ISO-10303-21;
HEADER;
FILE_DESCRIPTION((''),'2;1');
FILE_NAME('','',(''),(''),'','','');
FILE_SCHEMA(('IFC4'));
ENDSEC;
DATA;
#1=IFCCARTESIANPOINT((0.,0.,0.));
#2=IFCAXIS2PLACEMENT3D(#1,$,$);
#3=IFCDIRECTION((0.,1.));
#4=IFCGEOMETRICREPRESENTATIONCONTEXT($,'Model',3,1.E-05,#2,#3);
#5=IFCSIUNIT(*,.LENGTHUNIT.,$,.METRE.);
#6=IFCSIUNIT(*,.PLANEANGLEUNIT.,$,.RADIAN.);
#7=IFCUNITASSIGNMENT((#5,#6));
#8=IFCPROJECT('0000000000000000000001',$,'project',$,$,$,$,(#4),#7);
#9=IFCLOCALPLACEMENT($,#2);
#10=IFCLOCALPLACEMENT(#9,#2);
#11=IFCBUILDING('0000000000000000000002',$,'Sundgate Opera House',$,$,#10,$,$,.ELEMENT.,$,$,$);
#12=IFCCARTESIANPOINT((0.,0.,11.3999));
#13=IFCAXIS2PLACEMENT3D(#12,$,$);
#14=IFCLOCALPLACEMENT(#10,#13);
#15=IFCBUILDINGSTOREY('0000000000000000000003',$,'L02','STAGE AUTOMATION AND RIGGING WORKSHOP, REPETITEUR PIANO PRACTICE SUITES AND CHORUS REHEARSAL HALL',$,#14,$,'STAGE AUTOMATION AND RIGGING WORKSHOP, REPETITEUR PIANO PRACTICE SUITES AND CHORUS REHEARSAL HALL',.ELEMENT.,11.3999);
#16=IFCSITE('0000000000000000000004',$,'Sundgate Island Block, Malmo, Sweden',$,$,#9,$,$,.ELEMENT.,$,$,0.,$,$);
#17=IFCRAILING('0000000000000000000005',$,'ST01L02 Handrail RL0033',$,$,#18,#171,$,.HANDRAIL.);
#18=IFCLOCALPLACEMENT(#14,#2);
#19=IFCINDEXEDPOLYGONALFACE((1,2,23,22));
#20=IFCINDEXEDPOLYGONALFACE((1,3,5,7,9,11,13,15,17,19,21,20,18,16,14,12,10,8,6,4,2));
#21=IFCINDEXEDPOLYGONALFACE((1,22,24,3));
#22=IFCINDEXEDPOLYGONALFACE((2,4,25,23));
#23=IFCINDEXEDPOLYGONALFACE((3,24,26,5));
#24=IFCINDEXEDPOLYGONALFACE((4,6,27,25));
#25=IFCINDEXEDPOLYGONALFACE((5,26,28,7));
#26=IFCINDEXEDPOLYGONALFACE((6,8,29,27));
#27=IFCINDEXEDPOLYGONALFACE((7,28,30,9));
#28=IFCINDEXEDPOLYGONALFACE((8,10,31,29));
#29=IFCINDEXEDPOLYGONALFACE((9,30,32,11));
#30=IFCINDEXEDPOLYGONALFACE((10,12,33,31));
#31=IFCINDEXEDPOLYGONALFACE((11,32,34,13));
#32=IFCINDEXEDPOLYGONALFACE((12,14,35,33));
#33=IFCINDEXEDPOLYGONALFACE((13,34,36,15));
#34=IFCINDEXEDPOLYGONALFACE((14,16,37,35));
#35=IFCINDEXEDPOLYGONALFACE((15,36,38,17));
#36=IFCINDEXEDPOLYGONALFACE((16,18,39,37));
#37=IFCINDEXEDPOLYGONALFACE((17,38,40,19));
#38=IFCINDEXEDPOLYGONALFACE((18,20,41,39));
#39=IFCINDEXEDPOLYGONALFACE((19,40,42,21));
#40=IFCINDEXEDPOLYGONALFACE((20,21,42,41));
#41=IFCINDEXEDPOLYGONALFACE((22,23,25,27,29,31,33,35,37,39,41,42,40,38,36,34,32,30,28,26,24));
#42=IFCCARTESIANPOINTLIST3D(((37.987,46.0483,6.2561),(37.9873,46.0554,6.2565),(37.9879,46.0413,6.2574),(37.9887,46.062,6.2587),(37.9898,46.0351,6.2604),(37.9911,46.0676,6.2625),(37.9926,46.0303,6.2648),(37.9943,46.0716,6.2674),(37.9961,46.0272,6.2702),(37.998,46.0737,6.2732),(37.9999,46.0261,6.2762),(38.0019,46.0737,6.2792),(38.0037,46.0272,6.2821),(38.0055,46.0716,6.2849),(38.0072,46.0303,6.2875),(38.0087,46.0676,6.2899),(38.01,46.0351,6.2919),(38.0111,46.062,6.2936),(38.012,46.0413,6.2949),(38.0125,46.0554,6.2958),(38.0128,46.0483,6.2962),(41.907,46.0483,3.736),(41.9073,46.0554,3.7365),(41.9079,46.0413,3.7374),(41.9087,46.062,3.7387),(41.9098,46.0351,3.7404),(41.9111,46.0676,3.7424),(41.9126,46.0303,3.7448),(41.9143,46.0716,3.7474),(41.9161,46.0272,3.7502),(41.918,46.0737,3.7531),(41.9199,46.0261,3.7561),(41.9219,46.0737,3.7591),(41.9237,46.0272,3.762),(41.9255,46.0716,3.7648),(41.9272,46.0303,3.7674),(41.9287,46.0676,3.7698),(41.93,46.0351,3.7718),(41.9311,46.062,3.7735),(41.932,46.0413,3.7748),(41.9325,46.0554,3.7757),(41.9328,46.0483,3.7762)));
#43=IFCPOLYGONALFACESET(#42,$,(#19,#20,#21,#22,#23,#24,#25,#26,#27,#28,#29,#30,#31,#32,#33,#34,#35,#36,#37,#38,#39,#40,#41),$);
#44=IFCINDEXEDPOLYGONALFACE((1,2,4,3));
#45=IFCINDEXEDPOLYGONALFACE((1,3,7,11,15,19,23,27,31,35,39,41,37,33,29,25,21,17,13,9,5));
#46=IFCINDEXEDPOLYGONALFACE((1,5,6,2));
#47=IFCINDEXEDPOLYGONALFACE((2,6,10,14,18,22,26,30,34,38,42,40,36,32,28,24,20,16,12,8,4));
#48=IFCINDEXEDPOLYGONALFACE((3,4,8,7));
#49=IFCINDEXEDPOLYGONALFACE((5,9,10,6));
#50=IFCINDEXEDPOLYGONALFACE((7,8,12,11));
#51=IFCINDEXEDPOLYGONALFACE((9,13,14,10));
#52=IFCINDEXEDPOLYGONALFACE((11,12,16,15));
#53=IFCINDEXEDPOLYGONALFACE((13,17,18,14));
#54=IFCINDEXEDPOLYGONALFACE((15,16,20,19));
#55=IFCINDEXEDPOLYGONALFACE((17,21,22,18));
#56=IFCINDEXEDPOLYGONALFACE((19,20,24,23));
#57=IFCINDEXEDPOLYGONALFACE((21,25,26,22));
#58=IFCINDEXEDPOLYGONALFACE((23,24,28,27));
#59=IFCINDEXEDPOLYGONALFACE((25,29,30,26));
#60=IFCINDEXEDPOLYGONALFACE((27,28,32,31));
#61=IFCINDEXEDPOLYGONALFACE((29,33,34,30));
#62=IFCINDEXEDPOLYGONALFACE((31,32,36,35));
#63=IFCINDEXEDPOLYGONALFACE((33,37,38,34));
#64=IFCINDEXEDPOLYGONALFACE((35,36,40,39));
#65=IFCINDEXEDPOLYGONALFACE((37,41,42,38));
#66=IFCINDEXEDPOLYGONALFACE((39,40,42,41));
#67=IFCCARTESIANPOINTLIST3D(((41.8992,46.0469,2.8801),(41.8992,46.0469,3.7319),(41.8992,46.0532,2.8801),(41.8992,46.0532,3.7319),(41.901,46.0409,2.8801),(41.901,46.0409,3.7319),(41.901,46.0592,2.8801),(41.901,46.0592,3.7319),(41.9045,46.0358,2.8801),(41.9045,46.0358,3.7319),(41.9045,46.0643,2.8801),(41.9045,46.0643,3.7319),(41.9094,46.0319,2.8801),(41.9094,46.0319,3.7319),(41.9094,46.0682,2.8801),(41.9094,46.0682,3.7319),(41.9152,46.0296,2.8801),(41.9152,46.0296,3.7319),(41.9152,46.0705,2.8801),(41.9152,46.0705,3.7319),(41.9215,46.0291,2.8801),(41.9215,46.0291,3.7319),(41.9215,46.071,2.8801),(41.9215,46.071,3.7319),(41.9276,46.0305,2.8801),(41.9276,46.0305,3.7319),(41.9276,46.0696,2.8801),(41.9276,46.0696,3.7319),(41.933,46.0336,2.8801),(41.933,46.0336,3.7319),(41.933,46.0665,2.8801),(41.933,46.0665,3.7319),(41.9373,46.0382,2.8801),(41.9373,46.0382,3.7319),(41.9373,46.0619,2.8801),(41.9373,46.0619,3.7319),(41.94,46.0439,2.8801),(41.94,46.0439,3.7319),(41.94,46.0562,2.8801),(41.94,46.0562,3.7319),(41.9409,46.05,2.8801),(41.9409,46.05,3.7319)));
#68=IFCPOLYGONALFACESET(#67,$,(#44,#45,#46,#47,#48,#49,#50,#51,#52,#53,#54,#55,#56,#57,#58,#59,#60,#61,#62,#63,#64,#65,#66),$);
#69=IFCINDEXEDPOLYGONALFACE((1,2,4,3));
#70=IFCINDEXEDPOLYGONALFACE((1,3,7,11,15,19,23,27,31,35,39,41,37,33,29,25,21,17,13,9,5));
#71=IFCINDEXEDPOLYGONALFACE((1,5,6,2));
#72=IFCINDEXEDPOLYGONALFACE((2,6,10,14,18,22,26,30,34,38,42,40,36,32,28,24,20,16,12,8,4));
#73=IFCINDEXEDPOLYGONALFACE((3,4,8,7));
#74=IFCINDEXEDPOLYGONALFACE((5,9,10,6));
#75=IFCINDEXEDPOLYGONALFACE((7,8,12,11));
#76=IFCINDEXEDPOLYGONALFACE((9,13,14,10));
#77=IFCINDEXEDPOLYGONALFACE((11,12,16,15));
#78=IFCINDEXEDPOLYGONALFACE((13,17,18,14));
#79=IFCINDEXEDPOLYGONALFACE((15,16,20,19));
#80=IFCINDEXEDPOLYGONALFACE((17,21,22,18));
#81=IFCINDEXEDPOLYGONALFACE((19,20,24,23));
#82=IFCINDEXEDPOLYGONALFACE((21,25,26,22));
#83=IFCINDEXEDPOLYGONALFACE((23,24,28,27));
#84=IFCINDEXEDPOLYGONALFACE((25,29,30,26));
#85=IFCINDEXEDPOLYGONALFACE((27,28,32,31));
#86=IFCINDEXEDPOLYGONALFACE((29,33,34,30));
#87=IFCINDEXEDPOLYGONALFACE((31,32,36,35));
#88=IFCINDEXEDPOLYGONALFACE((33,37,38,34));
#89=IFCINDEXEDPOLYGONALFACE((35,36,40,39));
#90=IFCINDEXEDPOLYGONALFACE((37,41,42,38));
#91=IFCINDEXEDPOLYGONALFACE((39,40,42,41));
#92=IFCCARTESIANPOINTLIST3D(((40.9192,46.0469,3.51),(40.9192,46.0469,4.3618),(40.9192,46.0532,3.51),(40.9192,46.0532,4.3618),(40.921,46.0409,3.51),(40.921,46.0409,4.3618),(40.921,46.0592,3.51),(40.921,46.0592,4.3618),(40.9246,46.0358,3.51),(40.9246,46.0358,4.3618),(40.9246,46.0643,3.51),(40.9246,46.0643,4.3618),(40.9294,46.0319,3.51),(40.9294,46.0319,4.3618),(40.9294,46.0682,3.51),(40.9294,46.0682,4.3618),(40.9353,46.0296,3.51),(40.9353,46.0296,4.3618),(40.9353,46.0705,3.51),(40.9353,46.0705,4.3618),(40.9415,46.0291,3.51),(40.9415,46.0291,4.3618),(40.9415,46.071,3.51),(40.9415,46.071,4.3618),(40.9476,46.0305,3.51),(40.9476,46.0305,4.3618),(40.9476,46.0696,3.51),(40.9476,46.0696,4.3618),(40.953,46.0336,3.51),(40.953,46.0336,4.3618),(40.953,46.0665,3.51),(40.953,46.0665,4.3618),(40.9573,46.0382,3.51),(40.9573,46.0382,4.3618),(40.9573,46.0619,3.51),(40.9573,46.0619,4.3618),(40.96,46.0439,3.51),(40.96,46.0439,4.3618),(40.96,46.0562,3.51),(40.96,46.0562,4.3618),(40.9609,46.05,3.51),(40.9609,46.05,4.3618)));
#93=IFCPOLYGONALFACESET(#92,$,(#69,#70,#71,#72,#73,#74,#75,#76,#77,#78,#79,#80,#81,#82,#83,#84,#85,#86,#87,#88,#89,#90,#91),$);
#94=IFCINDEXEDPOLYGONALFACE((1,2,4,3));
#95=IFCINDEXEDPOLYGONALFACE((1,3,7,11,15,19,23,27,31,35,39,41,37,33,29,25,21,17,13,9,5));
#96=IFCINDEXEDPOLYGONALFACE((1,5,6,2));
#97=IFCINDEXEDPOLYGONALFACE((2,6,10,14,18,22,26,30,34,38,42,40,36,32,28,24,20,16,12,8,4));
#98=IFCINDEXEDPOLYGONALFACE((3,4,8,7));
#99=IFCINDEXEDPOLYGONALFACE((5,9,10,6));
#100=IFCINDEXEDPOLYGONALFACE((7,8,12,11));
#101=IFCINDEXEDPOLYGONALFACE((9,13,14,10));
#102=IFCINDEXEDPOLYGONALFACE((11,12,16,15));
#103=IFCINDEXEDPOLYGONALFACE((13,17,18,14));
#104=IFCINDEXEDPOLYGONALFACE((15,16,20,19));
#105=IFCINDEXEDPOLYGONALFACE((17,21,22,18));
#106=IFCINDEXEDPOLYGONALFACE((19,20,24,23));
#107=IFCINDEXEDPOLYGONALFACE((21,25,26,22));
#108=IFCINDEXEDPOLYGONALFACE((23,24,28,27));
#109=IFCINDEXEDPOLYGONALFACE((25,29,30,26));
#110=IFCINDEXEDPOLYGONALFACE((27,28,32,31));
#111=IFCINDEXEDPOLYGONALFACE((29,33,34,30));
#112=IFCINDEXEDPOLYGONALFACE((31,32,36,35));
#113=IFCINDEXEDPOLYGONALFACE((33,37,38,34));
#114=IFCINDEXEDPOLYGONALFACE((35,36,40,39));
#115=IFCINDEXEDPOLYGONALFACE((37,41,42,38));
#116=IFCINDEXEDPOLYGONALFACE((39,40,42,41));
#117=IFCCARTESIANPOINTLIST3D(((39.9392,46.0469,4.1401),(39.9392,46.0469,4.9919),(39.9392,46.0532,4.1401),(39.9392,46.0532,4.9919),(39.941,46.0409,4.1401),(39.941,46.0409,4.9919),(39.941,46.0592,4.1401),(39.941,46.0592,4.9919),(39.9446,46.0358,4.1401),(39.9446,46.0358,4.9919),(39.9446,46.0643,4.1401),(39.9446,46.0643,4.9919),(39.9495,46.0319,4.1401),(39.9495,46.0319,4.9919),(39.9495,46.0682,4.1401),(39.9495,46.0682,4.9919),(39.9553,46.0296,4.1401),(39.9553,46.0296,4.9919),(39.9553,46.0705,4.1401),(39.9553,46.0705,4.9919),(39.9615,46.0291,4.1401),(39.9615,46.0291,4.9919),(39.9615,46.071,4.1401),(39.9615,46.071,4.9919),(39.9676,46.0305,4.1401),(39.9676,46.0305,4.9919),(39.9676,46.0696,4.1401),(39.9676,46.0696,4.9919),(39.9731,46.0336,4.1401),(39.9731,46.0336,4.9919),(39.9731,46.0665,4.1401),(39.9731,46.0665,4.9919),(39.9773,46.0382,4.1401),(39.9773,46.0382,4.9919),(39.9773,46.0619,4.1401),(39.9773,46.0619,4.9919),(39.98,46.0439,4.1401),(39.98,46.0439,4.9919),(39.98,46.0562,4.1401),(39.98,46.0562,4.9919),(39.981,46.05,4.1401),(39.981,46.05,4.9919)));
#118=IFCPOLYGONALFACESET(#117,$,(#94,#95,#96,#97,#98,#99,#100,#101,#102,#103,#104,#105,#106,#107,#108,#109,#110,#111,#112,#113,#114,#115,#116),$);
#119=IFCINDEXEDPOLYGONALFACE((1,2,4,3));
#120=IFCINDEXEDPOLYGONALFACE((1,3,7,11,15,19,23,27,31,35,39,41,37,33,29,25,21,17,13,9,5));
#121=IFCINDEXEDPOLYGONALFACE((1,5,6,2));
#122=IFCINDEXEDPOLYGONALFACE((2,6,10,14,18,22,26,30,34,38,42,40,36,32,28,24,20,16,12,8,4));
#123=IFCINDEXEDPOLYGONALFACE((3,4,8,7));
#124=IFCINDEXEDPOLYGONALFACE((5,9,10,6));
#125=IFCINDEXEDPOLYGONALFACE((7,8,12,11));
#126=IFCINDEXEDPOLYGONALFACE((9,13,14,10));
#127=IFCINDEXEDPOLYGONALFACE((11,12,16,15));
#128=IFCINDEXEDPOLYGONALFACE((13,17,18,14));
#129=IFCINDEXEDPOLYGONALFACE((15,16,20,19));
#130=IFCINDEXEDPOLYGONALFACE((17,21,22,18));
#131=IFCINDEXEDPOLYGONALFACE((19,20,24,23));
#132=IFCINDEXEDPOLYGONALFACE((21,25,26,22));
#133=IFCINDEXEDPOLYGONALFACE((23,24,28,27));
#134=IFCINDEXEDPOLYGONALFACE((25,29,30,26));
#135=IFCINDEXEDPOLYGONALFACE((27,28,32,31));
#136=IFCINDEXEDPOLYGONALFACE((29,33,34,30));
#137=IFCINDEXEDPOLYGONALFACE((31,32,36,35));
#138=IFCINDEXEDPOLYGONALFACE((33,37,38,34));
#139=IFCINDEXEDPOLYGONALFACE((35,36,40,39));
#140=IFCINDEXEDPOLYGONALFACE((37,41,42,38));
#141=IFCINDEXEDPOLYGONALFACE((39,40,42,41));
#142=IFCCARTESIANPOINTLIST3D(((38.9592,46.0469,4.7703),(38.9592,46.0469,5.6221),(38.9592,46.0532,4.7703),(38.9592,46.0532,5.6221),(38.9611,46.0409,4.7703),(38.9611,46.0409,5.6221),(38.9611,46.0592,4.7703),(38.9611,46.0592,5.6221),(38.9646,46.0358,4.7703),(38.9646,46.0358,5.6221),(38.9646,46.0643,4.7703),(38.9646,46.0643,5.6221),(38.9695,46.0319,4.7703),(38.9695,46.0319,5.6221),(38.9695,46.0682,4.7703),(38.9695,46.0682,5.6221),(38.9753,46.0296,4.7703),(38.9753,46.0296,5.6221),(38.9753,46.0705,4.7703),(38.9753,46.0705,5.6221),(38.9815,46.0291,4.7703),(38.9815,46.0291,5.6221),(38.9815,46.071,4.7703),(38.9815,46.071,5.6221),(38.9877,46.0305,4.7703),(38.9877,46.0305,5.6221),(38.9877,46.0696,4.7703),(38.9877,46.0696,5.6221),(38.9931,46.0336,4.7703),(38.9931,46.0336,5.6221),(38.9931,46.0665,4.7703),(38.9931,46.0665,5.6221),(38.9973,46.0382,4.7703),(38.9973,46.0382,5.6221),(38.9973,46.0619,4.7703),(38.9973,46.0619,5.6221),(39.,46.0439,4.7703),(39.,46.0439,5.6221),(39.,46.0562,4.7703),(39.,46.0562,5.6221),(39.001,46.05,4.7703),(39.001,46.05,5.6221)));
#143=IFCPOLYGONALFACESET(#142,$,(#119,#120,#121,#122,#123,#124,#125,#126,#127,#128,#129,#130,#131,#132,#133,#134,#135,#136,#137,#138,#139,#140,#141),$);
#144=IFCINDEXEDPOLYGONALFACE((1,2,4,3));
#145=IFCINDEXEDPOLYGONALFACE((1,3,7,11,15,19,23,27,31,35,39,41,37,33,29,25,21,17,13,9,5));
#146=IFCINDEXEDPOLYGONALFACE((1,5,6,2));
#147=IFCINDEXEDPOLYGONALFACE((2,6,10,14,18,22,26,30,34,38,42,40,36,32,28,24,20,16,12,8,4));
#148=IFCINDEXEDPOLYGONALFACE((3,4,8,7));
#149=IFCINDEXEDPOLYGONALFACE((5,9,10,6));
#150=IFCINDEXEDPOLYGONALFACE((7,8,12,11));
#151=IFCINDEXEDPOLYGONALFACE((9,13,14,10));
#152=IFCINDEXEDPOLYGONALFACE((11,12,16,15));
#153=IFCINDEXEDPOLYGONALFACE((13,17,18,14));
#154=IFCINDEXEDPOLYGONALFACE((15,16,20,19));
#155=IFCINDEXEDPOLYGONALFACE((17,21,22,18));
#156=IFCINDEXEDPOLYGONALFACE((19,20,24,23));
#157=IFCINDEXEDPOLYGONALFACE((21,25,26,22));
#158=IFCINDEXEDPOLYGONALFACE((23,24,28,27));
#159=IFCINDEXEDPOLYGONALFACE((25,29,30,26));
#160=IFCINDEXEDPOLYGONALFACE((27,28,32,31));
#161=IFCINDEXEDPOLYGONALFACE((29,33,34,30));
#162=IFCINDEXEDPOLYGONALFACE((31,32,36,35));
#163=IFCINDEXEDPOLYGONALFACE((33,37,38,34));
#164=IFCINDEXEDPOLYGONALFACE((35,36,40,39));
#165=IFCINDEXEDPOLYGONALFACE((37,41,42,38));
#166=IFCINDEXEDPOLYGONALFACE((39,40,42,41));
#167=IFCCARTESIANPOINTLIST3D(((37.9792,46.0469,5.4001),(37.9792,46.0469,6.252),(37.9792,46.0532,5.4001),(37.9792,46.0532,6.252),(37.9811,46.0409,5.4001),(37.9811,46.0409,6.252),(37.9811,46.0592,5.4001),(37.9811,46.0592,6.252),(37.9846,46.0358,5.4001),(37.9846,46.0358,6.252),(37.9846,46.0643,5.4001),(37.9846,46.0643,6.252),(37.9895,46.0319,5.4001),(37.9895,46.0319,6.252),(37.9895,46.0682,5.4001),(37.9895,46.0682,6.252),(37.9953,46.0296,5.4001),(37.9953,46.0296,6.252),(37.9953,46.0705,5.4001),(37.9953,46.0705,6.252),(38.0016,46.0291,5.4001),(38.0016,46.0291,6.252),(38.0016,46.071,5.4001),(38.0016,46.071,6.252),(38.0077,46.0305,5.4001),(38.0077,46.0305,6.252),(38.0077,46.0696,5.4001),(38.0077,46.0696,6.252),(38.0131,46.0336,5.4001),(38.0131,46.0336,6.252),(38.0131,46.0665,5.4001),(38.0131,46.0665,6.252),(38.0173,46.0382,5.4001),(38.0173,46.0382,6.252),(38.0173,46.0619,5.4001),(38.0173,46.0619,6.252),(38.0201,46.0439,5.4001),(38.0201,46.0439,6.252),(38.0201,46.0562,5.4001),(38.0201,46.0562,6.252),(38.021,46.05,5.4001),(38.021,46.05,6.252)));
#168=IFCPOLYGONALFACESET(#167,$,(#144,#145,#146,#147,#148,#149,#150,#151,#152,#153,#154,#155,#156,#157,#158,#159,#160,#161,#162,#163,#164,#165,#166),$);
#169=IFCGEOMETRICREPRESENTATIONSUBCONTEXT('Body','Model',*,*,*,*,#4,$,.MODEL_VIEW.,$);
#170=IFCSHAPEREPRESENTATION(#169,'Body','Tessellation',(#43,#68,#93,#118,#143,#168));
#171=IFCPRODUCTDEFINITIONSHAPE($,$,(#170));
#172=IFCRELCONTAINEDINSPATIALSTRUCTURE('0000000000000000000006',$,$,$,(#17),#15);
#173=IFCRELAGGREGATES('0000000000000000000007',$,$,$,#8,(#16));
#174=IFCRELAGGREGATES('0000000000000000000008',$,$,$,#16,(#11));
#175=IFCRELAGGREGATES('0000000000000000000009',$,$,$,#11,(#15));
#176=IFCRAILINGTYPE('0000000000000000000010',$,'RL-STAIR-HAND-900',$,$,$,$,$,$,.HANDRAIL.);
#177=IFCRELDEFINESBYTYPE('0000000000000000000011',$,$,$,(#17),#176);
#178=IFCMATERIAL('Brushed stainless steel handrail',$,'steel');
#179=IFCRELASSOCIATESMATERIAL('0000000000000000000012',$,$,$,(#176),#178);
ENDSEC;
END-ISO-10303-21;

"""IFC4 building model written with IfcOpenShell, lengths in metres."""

from ifc_helpers import new_model, si_unit, direction, frame, origin, origin_2d, place, context, subcontext, project, spatial, circle, extrude, material, type_object, element, save


model = new_model("IFC4")

# Units and contexts
model_context = context("Model", 3, precision=1e-05, world=origin(), true_north=direction((0.0, 1.0)))
body_context = subcontext(model_context, "Body", "Model", "MODEL_VIEW")
ifc_project = project(units=[si_unit("LENGTHUNIT", "METRE"), si_unit("PLANEANGLEUNIT", "RADIAN")], contexts=[model_context])

# Site, building, storey
site_placement = place(None, origin())
site = spatial("IfcSite", under=ifc_project, at=site_placement, Name="Sundgate Island Block, Malmo, Sweden", CompositionType="ELEMENT", RefElevation=0.0)
building_placement = place(site_placement, origin())
building = spatial("IfcBuilding", under=site, at=building_placement, Name="Sundgate Opera House", CompositionType="ELEMENT")
storey_placement = place(building_placement, frame((0.0, 0.0, 11.3999)))
storey = spatial("IfcBuildingStorey", under=building, at=storey_placement, Name="L02", Description="STAGE AUTOMATION AND RIGGING WORKSHOP, REPETITEUR PIANO PRACTICE SUITES AND CHORUS REHEARSAL HALL", LongName="STAGE AUTOMATION AND RIGGING WORKSHOP, REPETITEUR PIANO PRACTICE SUITES AND CHORUS REHEARSAL HALL", CompositionType="ELEMENT", Elevation=11.3999)

# Railing
ifc_material_1 = material(Name="Brushed stainless steel handrail", Category="steel")
railing_type_1 = type_object("IfcRailingType", Name="RL-STAIR-HAND-900", PredefinedType="HANDRAIL", material=ifc_material_1)
railing_1_placement = place(storey_placement, frame((41.9199, 46.05, 2.8801)))
element("IfcRailing", 1, at=railing_1_placement, inside=storey, type_object=railing_type_1, Name="ST01L02 Handrail RL0033", PredefinedType="HANDRAIL", context=body_context, shape_type="SweptSolid", body=[
    extrude(circle(Radius=0.0239, at=origin_2d()), frame((0.0, 0.0, 0.876), z_axis=(-0.841172, 0.0, 0.540768), x_axis=(0.0, -1.0, 0.0)), (0.0, 0.0, 1.0), 4.6602),
    extrude(circle(Radius=0.021, at=origin_2d()), origin(), (0.0, 0.0, 1.0), 0.8518),
    extrude(circle(Radius=0.021, at=origin_2d()), frame((-0.98, 0.0, 0.6299)), (0.0, 0.0, 1.0), 0.8518),
    extrude(circle(Radius=0.021, at=origin_2d()), frame((-1.96, 0.0, 1.26)), (0.0, 0.0, 1.0), 0.8518),
    extrude(circle(Radius=0.021, at=origin_2d()), frame((-2.9399, 0.0, 1.8901)), (0.0, 0.0, 1.0), 0.8518),
    extrude(circle(Radius=0.021, at=origin_2d()), frame((-3.9199, 0.0, 2.52)), (0.0, 0.0, 1.0), 0.8518),
])

save(model, "model.ifc")
